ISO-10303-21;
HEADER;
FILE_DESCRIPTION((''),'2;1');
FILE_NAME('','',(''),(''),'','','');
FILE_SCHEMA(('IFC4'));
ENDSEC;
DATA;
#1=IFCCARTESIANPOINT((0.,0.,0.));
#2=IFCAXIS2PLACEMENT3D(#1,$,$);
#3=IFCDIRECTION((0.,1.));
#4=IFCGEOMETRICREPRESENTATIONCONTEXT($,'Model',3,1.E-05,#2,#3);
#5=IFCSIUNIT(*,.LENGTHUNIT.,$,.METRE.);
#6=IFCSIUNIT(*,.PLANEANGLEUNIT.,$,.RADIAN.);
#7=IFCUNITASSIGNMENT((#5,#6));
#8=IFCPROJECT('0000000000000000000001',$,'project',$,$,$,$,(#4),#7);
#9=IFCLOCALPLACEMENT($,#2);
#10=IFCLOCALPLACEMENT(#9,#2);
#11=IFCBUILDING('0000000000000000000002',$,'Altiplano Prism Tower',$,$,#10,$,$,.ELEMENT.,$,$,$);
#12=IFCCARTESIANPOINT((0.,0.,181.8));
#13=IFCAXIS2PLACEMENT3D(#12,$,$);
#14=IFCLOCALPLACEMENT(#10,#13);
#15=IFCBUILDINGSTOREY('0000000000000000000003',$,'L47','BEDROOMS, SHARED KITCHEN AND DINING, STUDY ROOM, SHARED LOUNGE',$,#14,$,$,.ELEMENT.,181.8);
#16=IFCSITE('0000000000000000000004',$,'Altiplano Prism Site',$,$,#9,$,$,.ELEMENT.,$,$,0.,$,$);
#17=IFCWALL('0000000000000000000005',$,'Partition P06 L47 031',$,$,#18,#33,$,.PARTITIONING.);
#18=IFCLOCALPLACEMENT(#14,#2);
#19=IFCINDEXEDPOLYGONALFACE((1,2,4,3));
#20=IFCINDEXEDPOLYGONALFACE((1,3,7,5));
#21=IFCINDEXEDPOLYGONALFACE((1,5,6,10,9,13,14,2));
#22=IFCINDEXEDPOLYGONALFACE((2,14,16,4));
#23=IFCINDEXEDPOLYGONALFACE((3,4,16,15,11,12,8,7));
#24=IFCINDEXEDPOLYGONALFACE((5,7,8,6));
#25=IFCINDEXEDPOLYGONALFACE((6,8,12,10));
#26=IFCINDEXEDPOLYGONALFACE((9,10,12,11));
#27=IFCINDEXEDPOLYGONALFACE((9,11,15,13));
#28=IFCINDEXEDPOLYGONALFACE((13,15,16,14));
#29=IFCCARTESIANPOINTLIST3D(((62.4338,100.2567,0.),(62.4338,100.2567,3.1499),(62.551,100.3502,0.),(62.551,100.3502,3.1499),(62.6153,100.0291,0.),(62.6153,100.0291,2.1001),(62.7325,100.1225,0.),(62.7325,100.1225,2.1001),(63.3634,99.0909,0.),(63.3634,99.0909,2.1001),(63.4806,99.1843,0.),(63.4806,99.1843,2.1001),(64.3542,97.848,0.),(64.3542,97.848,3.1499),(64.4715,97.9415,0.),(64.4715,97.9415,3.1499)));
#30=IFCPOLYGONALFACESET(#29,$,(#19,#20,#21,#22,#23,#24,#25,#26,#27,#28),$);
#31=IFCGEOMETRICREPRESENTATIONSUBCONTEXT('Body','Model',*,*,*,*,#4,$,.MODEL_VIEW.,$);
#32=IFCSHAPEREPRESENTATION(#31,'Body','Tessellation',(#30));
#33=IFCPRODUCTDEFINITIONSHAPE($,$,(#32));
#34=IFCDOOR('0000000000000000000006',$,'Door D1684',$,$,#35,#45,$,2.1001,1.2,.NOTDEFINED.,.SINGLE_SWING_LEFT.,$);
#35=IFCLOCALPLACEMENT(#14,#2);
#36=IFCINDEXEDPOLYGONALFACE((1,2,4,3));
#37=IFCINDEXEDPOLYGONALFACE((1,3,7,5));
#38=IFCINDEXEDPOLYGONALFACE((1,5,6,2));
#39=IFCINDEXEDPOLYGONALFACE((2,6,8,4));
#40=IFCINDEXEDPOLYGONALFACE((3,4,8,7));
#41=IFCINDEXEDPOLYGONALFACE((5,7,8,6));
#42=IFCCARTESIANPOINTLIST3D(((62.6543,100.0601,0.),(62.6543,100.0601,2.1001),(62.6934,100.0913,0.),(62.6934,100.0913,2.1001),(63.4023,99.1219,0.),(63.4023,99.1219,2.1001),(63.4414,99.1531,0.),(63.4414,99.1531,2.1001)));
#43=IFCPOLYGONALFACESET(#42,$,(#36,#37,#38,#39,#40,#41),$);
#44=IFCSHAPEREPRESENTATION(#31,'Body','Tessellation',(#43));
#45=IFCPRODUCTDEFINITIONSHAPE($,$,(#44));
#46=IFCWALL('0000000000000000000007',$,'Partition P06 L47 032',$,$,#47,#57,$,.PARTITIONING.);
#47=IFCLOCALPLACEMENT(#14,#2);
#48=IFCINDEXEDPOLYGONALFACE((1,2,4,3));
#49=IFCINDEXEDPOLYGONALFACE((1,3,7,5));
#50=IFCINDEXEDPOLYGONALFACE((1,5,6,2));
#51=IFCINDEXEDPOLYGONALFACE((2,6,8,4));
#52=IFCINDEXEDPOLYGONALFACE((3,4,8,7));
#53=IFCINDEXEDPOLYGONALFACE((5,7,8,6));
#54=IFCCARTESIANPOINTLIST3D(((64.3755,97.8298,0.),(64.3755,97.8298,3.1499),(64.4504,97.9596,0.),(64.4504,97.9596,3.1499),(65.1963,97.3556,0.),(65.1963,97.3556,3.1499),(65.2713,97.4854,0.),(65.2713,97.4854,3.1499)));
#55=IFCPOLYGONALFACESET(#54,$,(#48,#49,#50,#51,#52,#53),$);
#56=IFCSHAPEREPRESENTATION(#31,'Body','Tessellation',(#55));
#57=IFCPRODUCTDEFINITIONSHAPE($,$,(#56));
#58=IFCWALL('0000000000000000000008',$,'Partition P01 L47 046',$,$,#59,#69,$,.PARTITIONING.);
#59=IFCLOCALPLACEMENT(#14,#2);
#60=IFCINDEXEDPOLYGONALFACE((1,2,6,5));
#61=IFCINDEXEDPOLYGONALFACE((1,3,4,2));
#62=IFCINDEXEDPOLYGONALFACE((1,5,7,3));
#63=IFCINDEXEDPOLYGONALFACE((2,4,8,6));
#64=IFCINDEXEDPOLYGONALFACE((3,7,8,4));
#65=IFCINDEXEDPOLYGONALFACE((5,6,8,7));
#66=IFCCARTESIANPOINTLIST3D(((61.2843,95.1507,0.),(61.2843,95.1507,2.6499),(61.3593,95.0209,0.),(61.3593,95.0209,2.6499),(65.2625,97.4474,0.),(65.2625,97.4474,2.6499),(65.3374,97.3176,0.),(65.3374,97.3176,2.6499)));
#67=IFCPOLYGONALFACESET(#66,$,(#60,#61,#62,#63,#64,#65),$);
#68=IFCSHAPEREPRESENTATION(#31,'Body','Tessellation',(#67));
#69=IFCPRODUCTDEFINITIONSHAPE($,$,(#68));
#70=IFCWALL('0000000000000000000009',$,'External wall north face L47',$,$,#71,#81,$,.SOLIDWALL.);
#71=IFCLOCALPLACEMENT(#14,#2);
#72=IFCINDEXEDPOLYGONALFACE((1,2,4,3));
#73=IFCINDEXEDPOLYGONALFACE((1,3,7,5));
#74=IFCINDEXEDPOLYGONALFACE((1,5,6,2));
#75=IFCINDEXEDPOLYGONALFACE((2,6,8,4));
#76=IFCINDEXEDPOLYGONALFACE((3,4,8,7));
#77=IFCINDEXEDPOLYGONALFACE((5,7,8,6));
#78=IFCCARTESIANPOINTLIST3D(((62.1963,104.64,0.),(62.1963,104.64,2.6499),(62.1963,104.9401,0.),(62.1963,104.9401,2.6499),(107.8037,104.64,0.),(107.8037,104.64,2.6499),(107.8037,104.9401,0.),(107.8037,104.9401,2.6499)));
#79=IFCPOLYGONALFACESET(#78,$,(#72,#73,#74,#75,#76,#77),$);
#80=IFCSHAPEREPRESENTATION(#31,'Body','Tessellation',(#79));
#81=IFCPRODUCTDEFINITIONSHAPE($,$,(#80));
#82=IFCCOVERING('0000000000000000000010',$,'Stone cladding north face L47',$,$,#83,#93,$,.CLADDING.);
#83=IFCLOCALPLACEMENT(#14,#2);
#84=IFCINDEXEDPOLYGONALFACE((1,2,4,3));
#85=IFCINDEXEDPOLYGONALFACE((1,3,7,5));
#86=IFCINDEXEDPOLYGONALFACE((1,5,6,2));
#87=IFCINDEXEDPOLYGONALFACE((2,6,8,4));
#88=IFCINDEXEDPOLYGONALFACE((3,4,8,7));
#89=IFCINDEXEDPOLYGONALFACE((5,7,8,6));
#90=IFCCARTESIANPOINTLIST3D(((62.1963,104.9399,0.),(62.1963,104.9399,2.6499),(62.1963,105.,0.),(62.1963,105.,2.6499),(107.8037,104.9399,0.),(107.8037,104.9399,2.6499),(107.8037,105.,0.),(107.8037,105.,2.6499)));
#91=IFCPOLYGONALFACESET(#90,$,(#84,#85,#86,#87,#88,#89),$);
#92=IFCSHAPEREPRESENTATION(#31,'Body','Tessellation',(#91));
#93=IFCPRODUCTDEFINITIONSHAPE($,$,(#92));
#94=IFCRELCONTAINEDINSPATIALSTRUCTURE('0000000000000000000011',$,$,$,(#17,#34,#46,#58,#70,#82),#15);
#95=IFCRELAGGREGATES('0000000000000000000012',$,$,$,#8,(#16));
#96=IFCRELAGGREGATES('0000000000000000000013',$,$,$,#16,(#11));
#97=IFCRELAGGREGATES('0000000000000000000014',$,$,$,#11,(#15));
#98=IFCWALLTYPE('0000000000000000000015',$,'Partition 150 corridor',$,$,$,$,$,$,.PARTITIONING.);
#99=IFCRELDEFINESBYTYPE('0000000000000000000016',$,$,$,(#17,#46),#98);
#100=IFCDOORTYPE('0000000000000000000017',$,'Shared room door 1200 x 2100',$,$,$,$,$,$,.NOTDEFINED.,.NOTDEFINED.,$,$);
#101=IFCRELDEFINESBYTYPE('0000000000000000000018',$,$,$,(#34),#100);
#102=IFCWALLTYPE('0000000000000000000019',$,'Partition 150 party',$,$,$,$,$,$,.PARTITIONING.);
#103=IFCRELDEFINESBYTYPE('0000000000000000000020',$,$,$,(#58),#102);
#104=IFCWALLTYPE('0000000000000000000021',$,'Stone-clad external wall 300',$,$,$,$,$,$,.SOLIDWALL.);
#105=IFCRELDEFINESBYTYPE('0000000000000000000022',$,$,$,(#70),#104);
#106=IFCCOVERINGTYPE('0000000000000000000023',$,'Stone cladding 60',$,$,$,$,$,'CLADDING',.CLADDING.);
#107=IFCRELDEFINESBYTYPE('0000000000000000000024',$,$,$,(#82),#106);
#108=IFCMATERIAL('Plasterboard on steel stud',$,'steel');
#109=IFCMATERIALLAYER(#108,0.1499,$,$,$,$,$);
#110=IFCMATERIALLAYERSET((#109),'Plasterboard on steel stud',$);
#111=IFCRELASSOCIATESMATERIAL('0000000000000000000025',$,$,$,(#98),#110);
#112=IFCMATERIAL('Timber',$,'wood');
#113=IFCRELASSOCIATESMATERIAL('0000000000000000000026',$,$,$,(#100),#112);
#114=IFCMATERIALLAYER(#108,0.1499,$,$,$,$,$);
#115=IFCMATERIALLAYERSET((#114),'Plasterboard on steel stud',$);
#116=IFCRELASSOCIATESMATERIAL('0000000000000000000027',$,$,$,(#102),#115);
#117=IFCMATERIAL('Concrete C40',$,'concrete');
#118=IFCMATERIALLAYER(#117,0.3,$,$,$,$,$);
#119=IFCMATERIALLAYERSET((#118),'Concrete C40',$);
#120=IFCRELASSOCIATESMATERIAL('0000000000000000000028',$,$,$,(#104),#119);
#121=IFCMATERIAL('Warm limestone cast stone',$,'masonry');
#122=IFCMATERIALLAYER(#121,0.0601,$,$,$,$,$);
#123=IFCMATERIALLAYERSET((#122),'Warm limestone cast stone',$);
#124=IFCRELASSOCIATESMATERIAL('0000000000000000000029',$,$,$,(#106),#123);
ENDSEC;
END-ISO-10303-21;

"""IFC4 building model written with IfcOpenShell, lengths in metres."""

from ifc_helpers import new_model, si_unit, direction, frame, frame_2d, origin, place, context, subcontext, project, spatial, rectangle, extrude, material, layer, layer_set, type_object, element, fill, save


model = new_model("IFC4")

# Units and contexts
model_context = context("Model", 3, precision=1e-05, world=origin(), true_north=direction((0.0, 1.0)))
body_context = subcontext(model_context, "Body", "Model", "MODEL_VIEW")
ifc_project = project(units=[si_unit("LENGTHUNIT", "METRE"), si_unit("PLANEANGLEUNIT", "RADIAN")], contexts=[model_context])

# Site, building, storey
site_placement = place(None, origin())
site = spatial("IfcSite", under=ifc_project, at=site_placement, Name="Altiplano Prism Site", CompositionType="ELEMENT", RefElevation=0.0)
building_placement = place(site_placement, origin())
building = spatial("IfcBuilding", under=site, at=building_placement, Name="Altiplano Prism Tower", CompositionType="ELEMENT")
storey_placement = place(building_placement, frame((0.0, 0.0, 181.8)))
storey = spatial("IfcBuildingStorey", under=building, at=storey_placement, Name="L47", Description="BEDROOMS, SHARED KITCHEN AND DINING, STUDY ROOM, SHARED LOUNGE", CompositionType="ELEMENT", Elevation=181.8)

# Shared definitions
ifc_material_1 = material(Name="Plasterboard on steel stud", Category="steel")
ifc_layer_1 = layer(ifc_material_1, 0.1499)
ifc_layer_set_1 = layer_set([ifc_layer_1], Name="Plasterboard on steel stud")
wall_type_1 = type_object("IfcWallType", Name="Partition 150 corridor", PredefinedType="PARTITIONING", material=ifc_layer_set_1)

# Wall, opening, door
wall_1_placement = place(storey_placement, frame((62.4924, 100.3035, 0.0), z_axis=(0.0, 0.0, 1.0), x_axis=(0.623399, -0.781904, 0.0)))
wall_1 = element("IfcWall", 1, at=wall_1_placement, inside=storey, type_object=wall_type_1, Name="Partition P06 L47 031", PredefinedType="PARTITIONING", context=body_context, shape_type="SweptSolid", body=[
    extrude(rectangle(XDim=3.0806, YDim=0.1499, at=frame_2d((1.5403, 0.0))), origin(), (0.0, 0.0, 1.0), 3.1499),
])
opening_placement = place(wall_1_placement, frame((0.291, 0.0, 0.0)))
opening = element("IfcOpeningElement", 2, at=opening_placement, cuts=wall_1, PredefinedType="OPENING", context=body_context, shape_type="SweptSolid", body=[
    extrude(rectangle(XDim=1.2, YDim=2.1001, at=frame_2d((0.6001, 1.05))), frame((0.0, 0.0854, 0.0), z_axis=(0.0, -1.0, 0.0), x_axis=(1.0, 0.0, 0.0)), (0.0, 0.0, 1.0), 0.1709),
])
ifc_material_2 = material(Name="Timber", Category="wood")
door_type = type_object("IfcDoorType", Name="Shared room door 1200 x 2100", OperationType="NOTDEFINED", PredefinedType="NOTDEFINED", material=ifc_material_2)
door_placement = place(opening_placement, origin())
door = element("IfcDoor", 3, at=door_placement, inside=storey, type_object=door_type, Name="Door D1684", OperationType="SINGLE_SWING_LEFT", OverallHeight=2.1001, OverallWidth=1.2, PredefinedType="NOTDEFINED", context=body_context, shape_type="SweptSolid", body=[
    extrude(rectangle(XDim=1.2, YDim=2.1001, at=frame_2d((0.6001, 1.05))), frame((0.0, 0.0249, 0.0), z_axis=(0.0, -1.0, 0.0), x_axis=(1.0, 0.0, 0.0)), (0.0, 0.0, 1.0), 0.05),
])
fill(opening, door)

# Walls
wall_2_placement = place(storey_placement, frame((64.4128, 97.8948, 0.0), z_axis=(0.0, 0.0, 1.0), x_axis=(0.86592, -0.500183, 0.0)))
element("IfcWall", 4, at=wall_2_placement, inside=storey, type_object=wall_type_1, Name="Partition P06 L47 032", PredefinedType="PARTITIONING", context=body_context, shape_type="SweptSolid", body=[
    extrude(rectangle(XDim=0.948, YDim=0.1499, at=frame_2d((0.4741, 0.0))), origin(), (0.0, 0.0, 1.0), 3.1499),
])
ifc_layer_2 = layer(ifc_material_1, 0.1499)
ifc_layer_set_2 = layer_set([ifc_layer_2], Name="Plasterboard on steel stud")
wall_type_2 = type_object("IfcWallType", Name="Partition 150 party", PredefinedType="PARTITIONING", material=ifc_layer_set_2)
wall_3_placement = place(storey_placement, frame((65.3, 97.3826, 0.0), z_axis=(0.0, 0.0, 1.0), x_axis=(-0.866033, -0.499986, 0.0)))
element("IfcWall", 5, at=wall_3_placement, inside=storey, type_object=wall_type_2, Name="Partition P01 L47 046", PredefinedType="PARTITIONING", context=body_context, shape_type="SweptSolid", body=[
    extrude(rectangle(XDim=4.5935, YDim=0.1499, at=frame_2d((2.2969, 0.0))), origin(), (0.0, 0.0, 1.0), 2.6499),
])
ifc_material_3 = material(Name="Concrete C40", Category="concrete")
ifc_layer_3 = layer(ifc_material_3, 0.3)
ifc_layer_set_3 = layer_set([ifc_layer_3], Name="Concrete C40")
wall_type_3 = type_object("IfcWallType", Name="Stone-clad external wall 300", PredefinedType="SOLIDWALL", material=ifc_layer_set_3)
wall_4_placement = place(storey_placement, frame((62.1963, 104.79, 0.0), z_axis=(0.0, 0.0, 1.0), x_axis=(1.0, 0.0, 0.0)))
element("IfcWall", 6, at=wall_4_placement, inside=storey, type_object=wall_type_3, Name="External wall north face L47", PredefinedType="SOLIDWALL", context=body_context, shape_type="SweptSolid", body=[
    extrude(rectangle(XDim=45.6074, YDim=0.3, at=frame_2d((22.8037, 0.0))), origin(), (0.0, 0.0, 1.0), 2.6499),
])

# Covering
ifc_material_4 = material(Name="Warm limestone cast stone", Category="masonry")
ifc_layer_4 = layer(ifc_material_4, 0.0601)
ifc_layer_set_4 = layer_set([ifc_layer_4], Name="Warm limestone cast stone")
covering_type = type_object("IfcCoveringType", Name="Stone cladding 60", ElementType="CLADDING", PredefinedType="CLADDING", material=ifc_layer_set_4)
covering_placement = place(storey_placement, frame((62.1963, 104.97, 0.0), z_axis=(0.0, 0.0, 1.0), x_axis=(1.0, 0.0, 0.0)))
element("IfcCovering", 7, at=covering_placement, inside=storey, type_object=covering_type, Name="Stone cladding north face L47", PredefinedType="CLADDING", context=body_context, shape_type="SweptSolid", body=[
    extrude(rectangle(XDim=45.6074, YDim=0.0601, at=frame_2d((22.8037, 0.0))), origin(), (0.0, 0.0, 1.0), 2.6499),
])

save(model, "model.ifc")
